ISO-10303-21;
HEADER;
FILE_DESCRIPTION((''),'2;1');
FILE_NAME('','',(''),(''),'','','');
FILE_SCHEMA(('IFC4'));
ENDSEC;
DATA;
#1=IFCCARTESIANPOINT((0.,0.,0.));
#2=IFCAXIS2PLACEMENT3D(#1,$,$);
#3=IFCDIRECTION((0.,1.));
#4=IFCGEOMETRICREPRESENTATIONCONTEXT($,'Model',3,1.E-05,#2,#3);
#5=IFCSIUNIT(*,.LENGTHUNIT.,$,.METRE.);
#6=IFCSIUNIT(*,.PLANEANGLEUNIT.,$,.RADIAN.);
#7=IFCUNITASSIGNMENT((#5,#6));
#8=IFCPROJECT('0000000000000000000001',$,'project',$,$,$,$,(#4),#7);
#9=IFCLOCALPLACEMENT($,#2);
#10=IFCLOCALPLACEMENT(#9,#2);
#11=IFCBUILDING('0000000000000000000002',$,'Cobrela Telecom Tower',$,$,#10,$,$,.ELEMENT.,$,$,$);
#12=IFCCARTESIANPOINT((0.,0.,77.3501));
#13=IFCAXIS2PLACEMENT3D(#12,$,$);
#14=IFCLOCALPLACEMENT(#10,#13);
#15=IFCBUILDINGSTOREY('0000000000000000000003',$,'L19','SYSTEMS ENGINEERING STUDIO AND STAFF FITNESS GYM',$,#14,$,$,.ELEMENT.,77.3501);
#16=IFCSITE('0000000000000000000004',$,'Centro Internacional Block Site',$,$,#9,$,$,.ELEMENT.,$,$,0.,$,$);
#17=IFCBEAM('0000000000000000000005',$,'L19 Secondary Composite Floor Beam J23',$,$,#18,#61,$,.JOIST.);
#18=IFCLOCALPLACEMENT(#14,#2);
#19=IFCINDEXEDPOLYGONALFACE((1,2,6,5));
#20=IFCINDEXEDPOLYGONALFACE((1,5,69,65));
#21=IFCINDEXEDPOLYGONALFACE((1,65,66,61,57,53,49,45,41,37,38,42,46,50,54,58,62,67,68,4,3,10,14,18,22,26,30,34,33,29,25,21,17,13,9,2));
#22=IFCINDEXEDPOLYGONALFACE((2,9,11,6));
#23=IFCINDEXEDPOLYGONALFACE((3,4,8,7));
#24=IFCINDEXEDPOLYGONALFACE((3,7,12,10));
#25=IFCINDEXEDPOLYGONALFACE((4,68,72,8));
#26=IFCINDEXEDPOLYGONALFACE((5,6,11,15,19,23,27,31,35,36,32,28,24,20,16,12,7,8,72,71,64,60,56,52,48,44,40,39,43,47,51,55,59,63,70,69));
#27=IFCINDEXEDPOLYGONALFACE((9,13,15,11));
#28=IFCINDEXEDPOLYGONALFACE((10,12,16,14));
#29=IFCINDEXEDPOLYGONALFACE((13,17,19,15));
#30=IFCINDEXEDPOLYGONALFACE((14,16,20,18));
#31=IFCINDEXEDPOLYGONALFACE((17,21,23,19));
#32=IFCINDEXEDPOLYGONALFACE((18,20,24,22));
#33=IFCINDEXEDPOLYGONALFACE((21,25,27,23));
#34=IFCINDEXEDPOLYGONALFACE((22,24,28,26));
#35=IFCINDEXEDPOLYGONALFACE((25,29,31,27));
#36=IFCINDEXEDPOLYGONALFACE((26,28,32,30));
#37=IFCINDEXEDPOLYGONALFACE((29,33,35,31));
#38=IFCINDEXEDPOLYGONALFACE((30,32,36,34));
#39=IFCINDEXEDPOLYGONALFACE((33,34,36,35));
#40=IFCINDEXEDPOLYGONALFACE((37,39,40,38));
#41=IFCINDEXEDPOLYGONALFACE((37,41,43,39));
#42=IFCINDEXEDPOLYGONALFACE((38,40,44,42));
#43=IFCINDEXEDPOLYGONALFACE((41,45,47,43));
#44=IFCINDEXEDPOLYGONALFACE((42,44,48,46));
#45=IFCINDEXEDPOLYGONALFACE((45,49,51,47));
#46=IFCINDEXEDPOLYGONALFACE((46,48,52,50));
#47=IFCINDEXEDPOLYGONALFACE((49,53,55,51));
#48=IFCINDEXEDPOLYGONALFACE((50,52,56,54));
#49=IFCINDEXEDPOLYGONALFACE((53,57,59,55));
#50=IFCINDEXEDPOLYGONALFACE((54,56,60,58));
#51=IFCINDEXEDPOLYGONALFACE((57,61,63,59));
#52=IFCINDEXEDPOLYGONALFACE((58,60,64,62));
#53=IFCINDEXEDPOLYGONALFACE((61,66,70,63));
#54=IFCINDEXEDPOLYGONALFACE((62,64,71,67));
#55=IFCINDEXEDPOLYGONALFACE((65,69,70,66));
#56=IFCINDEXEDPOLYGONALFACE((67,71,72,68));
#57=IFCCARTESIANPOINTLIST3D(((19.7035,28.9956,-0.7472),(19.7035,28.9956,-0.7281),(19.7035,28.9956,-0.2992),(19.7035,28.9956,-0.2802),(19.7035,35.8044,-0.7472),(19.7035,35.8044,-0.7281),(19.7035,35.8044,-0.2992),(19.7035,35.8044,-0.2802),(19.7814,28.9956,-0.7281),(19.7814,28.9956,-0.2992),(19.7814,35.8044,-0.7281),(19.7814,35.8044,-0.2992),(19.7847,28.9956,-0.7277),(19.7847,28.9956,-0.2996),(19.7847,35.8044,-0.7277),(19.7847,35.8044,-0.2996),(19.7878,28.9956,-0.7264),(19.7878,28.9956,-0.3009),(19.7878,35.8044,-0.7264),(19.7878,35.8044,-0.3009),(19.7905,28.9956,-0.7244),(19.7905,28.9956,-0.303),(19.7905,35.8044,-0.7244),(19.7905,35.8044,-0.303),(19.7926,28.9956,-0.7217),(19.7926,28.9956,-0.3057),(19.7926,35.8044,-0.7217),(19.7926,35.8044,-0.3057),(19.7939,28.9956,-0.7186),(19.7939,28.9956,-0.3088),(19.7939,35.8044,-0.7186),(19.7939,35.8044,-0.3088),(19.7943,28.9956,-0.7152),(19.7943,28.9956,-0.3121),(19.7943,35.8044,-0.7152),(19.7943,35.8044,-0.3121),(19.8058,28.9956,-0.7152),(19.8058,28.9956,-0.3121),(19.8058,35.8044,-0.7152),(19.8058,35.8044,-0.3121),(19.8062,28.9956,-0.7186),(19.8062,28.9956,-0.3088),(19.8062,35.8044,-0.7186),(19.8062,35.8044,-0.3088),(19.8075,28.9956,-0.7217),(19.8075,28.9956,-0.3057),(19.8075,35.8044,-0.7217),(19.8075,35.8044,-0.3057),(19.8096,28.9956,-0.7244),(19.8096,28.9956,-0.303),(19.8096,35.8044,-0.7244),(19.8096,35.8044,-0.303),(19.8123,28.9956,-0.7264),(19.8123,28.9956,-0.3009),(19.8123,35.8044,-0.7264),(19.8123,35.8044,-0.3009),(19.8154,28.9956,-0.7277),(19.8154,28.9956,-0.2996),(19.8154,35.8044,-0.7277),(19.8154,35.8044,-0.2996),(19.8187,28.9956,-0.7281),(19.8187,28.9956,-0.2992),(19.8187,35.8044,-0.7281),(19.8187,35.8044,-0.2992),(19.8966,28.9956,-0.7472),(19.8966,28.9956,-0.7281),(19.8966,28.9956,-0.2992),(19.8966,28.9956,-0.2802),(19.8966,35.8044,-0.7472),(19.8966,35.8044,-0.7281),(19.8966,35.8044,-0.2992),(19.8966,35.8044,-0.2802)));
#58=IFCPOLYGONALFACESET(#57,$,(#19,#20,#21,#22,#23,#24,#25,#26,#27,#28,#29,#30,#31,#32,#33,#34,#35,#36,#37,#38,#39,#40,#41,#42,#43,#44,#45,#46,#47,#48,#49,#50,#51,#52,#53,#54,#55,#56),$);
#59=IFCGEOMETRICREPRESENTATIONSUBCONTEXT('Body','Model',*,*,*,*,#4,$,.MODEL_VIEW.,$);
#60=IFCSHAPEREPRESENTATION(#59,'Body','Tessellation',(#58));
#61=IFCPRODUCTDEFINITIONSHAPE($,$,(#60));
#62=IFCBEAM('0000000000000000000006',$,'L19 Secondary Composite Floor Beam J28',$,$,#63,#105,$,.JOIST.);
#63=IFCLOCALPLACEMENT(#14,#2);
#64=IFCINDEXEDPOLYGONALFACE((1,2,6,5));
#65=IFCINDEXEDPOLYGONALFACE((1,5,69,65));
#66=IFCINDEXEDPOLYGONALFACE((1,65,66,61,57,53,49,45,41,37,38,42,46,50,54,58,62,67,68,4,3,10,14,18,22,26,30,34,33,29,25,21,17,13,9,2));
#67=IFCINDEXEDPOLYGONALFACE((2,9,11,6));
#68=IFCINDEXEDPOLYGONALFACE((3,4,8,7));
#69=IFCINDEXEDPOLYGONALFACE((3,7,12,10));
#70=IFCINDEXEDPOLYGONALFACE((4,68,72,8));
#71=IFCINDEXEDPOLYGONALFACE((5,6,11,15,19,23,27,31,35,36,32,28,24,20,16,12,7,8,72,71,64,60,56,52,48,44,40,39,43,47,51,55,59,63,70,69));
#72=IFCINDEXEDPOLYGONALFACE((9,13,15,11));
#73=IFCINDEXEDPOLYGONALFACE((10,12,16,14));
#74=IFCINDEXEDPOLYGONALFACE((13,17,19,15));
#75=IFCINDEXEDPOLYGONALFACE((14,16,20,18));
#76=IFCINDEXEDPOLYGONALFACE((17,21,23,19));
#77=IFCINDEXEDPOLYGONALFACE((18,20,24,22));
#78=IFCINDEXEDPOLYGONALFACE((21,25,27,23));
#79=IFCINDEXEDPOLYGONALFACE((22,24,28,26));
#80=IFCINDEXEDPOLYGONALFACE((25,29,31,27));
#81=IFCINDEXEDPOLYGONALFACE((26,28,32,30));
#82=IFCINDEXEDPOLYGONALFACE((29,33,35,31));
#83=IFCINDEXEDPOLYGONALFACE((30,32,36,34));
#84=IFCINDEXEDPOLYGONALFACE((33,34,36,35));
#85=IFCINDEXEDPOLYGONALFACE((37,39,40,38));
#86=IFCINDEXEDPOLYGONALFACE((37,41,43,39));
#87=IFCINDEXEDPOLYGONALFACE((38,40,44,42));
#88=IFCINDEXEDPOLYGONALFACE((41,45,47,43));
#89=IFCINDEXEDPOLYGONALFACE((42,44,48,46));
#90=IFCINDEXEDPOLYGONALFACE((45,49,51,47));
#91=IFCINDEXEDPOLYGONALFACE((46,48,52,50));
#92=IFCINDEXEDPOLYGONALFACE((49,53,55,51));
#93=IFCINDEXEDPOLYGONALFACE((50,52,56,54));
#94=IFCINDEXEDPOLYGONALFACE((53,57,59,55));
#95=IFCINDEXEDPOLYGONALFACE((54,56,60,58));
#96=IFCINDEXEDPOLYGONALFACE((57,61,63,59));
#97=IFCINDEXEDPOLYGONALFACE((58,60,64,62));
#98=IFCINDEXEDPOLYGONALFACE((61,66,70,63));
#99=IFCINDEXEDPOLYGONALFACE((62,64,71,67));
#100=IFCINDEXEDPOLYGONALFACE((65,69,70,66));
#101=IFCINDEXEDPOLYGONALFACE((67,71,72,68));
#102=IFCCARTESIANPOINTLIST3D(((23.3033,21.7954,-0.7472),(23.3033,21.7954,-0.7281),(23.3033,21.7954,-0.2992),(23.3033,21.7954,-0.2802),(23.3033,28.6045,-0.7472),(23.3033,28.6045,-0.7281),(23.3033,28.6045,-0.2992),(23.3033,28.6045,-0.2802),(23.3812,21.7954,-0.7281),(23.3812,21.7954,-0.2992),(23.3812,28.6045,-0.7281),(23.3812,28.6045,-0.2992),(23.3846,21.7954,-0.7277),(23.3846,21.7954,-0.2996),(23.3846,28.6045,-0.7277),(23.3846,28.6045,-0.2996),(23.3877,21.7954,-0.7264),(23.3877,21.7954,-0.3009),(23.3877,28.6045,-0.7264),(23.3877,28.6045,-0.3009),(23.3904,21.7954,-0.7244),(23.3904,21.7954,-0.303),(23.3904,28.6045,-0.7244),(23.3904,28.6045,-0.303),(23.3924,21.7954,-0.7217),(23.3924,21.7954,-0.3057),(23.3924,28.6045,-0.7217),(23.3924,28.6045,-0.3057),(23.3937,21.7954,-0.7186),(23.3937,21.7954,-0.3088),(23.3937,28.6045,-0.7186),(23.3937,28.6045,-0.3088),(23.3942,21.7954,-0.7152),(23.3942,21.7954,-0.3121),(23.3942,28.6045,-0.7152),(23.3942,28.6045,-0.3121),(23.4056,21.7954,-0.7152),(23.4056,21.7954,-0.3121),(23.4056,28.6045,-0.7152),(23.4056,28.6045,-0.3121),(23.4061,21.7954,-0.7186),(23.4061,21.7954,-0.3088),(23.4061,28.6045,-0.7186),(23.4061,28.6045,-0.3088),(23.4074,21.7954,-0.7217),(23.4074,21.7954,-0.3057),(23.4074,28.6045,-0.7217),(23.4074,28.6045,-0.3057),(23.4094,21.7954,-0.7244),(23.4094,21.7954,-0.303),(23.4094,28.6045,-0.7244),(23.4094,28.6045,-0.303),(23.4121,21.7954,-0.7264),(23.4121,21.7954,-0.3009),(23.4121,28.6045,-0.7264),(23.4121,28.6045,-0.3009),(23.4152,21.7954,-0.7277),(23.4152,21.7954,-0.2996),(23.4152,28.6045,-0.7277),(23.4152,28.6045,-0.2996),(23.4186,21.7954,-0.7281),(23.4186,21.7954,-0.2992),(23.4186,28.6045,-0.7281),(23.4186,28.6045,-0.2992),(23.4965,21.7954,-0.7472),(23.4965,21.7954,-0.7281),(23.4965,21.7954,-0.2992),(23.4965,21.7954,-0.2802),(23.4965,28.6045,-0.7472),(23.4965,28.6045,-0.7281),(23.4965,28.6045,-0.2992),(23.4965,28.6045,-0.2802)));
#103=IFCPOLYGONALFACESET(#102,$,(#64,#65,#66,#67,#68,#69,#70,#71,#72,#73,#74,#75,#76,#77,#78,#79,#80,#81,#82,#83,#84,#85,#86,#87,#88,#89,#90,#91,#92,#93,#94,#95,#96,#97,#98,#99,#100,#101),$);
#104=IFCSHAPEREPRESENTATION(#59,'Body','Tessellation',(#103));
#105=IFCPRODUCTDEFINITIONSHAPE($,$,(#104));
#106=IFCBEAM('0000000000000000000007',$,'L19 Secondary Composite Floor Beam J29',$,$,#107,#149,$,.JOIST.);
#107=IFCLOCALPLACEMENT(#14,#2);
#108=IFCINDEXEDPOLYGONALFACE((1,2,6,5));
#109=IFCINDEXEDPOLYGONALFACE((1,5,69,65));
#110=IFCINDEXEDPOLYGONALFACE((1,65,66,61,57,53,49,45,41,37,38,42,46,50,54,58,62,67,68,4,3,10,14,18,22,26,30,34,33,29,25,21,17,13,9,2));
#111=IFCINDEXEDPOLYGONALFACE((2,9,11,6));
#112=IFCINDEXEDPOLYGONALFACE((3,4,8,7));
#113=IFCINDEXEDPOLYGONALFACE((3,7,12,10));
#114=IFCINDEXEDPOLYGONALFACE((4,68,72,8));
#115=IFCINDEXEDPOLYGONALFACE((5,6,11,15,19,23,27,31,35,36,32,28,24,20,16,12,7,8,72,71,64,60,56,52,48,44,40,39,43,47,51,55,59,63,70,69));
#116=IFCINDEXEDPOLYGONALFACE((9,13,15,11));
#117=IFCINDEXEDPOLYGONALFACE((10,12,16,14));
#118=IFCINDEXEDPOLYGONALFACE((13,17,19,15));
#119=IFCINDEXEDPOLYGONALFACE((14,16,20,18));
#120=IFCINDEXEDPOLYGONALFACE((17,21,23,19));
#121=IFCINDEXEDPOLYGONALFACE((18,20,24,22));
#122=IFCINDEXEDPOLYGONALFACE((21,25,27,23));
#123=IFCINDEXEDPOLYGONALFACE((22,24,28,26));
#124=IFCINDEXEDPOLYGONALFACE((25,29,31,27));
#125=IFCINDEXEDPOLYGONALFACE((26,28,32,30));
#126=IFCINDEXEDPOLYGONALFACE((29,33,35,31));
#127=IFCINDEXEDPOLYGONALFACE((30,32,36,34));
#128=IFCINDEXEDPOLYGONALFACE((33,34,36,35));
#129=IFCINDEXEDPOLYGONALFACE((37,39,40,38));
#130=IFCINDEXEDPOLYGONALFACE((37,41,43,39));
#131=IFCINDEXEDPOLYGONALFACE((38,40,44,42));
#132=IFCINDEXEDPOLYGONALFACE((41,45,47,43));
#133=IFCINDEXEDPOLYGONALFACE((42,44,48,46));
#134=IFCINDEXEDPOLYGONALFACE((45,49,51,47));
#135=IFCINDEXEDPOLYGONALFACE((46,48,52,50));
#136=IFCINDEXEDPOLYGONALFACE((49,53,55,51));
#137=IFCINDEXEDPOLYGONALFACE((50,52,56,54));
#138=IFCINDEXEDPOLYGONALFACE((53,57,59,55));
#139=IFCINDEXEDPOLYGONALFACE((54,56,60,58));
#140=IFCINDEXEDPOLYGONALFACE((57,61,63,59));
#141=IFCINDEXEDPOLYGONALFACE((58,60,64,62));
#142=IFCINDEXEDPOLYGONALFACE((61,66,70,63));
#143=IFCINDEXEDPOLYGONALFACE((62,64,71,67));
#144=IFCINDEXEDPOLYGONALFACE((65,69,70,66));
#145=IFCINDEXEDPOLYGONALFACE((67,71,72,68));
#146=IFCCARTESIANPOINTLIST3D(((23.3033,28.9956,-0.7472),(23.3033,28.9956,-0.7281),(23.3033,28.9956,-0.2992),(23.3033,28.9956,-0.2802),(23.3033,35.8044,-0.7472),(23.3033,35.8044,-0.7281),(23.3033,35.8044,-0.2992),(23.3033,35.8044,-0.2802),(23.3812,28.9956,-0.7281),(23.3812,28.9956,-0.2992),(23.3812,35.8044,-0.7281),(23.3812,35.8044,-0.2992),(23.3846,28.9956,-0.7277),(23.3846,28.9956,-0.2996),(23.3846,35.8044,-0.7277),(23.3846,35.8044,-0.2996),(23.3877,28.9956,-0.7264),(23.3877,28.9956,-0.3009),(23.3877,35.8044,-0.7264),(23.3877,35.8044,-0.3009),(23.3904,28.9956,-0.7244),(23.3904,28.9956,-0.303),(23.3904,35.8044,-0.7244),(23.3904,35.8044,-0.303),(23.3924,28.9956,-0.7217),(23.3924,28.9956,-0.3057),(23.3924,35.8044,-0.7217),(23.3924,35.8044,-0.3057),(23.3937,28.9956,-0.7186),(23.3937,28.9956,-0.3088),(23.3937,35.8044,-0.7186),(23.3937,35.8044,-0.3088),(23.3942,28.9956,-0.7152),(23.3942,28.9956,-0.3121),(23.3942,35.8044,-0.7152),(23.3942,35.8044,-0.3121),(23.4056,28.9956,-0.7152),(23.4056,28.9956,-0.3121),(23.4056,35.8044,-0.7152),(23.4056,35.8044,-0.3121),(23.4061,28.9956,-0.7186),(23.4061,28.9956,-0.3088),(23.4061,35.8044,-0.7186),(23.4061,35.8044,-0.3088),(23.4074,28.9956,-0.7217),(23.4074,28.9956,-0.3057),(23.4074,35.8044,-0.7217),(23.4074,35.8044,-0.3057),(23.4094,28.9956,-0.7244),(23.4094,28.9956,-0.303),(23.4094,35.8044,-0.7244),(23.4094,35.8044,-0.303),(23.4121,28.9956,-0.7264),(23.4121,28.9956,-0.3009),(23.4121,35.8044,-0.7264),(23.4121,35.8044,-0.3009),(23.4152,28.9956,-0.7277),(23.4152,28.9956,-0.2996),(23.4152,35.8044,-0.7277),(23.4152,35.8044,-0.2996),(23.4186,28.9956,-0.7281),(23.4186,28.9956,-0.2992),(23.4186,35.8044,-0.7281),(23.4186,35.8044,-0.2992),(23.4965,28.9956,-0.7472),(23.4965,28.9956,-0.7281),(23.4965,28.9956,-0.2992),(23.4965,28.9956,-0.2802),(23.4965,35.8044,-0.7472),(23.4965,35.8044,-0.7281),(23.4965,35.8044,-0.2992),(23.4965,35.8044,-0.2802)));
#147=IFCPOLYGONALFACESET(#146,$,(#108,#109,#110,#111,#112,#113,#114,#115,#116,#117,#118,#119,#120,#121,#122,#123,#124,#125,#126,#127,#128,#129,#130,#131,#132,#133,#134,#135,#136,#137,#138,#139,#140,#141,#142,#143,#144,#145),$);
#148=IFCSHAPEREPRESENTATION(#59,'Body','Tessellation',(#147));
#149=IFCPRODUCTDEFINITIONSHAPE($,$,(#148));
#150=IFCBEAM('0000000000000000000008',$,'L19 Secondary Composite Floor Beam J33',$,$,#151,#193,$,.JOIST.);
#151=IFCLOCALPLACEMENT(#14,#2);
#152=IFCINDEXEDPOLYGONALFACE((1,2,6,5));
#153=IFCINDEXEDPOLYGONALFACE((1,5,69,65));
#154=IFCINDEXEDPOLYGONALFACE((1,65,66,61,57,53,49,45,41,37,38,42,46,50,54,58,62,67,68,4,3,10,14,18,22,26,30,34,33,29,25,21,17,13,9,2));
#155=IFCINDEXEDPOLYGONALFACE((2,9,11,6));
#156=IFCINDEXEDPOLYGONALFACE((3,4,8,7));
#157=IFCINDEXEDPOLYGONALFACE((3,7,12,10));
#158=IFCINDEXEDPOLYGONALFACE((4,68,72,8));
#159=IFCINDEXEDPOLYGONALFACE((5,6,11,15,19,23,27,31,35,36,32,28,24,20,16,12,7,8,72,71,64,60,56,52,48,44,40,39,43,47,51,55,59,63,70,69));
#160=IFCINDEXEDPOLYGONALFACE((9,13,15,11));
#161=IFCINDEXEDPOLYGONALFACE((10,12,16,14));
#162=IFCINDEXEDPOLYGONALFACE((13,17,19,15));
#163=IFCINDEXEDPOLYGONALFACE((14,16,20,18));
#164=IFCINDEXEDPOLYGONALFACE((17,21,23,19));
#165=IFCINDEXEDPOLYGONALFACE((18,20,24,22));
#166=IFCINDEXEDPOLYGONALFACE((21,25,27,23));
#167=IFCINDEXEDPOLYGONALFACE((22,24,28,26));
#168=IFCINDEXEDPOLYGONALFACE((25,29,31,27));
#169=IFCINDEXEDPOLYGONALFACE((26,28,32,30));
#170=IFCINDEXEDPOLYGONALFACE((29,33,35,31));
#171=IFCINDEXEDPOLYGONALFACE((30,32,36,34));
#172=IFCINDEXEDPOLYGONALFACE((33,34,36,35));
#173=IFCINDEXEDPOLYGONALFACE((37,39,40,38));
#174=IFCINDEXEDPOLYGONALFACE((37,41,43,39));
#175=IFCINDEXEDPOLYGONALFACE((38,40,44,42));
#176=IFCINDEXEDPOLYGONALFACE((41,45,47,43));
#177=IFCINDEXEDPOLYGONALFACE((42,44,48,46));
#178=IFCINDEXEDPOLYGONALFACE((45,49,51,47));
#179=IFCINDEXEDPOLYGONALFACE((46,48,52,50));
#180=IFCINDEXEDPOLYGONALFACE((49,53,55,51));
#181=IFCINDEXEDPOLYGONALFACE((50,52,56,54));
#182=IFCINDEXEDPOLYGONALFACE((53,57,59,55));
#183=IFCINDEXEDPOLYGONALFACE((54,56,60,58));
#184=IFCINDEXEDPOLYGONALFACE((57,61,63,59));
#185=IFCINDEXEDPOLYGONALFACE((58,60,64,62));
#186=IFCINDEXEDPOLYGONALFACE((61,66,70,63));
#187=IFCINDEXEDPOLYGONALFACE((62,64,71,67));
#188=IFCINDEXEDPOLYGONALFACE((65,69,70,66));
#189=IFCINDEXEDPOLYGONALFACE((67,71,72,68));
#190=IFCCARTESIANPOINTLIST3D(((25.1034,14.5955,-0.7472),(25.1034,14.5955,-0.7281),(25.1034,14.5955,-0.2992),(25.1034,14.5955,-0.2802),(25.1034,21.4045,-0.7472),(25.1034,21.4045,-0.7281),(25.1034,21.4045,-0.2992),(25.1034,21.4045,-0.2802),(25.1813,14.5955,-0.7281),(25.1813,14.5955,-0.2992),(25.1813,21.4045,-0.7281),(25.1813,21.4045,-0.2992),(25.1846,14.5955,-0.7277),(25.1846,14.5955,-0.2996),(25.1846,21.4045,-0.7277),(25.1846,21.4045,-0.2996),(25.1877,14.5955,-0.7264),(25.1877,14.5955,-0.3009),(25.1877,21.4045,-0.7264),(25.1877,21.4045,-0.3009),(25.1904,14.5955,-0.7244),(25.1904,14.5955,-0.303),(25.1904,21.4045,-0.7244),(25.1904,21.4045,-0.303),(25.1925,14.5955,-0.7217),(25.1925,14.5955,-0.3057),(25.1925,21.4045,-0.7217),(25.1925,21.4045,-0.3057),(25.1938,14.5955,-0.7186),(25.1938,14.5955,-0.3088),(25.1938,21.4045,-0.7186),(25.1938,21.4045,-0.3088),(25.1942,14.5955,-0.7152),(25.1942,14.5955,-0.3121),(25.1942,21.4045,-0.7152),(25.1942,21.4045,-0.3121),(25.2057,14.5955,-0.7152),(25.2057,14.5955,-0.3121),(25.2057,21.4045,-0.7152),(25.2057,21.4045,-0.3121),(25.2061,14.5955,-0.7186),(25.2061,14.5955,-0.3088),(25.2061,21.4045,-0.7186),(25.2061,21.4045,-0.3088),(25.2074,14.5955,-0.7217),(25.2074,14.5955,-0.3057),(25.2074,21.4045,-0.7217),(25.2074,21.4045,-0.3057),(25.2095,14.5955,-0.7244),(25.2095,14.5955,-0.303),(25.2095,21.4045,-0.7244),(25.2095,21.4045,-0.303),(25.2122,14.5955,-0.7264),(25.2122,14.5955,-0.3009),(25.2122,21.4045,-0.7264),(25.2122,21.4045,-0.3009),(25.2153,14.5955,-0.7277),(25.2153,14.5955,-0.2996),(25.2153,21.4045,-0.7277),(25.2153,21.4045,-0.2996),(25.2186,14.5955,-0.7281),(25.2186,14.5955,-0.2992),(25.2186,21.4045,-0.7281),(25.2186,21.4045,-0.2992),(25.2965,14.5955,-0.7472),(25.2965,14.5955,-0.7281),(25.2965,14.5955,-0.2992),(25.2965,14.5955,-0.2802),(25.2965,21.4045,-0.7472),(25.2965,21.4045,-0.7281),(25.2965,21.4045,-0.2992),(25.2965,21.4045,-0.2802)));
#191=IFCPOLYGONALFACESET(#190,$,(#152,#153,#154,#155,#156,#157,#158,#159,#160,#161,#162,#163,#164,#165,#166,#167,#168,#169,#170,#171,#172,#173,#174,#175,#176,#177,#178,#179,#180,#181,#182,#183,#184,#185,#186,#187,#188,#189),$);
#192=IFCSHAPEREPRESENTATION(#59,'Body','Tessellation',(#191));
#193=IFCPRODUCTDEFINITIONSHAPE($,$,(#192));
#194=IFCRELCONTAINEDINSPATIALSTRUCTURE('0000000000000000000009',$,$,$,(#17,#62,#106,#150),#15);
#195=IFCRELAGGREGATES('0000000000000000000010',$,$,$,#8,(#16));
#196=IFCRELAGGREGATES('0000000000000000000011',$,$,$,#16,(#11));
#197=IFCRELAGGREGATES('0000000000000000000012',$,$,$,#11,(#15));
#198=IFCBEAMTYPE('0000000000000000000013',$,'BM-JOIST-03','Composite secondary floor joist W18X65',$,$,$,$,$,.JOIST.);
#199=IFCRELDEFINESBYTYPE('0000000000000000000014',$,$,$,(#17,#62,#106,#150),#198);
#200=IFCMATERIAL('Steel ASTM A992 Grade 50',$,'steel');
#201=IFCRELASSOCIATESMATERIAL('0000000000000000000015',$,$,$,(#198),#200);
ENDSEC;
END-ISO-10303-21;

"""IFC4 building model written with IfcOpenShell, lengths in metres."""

from ifc_helpers import new_model, si_unit, direction, frame, origin, origin_2d, place, context, subcontext, project, spatial, i_section, extrude, material, material_profile, profile_set, type_object, element, save


model = new_model("IFC4")

# Units and contexts
model_context = context("Model", 3, precision=1e-05, world=origin(), true_north=direction((0.0, 1.0)))
body_context = subcontext(model_context, "Body", "Model", "MODEL_VIEW")
ifc_project = project(units=[si_unit("LENGTHUNIT", "METRE"), si_unit("PLANEANGLEUNIT", "RADIAN")], contexts=[model_context])

# Site, building, storey
site_placement = place(None, origin())
site = spatial("IfcSite", under=ifc_project, at=site_placement, Name="Centro Internacional Block Site", CompositionType="ELEMENT", RefElevation=0.0)
building_placement = place(site_placement, origin())
building = spatial("IfcBuilding", under=site, at=building_placement, Name="Cobrela Telecom Tower", CompositionType="ELEMENT")
storey_placement = place(building_placement, frame((0.0, 0.0, 77.3501)))
storey = spatial("IfcBuildingStorey", under=building, at=storey_placement, Name="L19", Description="SYSTEMS ENGINEERING STUDIO AND STAFF FITNESS GYM", CompositionType="ELEMENT", Elevation=77.3501)

# Shared definitions
ifc_material_1 = material(Name="Steel ASTM A992 Grade 50", Category="steel")

# Beams
ifc_material_profile_1 = material_profile(ifc_material_1, i_section(OverallWidth=0.1931, OverallDepth=0.467, WebThickness=0.0115, FlangeThickness=0.019, FilletRadius=0.0129, at=origin_2d()), Name="W18X65")
ifc_profile_set_1 = profile_set([ifc_material_profile_1], Name="Steel ASTM A992 Grade 50")
beam_type_1 = type_object("IfcBeamType", Name="BM-JOIST-03", Description="Composite secondary floor joist W18X65", PredefinedType="JOIST", material=ifc_profile_set_1)
beam_1_placement = place(storey_placement, frame((19.8, 28.9956, -0.5137), z_axis=(0.0, 1.0, 0.0), x_axis=(-1.0, 0.0, 0.0)))
element("IfcBeam", 1, at=beam_1_placement, inside=storey, type_object=beam_type_1, Name="L19 Secondary Composite Floor Beam J23", PredefinedType="JOIST", context=body_context, shape_type="SweptSolid", body=[
    extrude(i_section(OverallWidth=0.1931, OverallDepth=0.467, WebThickness=0.0115, FlangeThickness=0.019, FilletRadius=0.0129, at=origin_2d()), origin(), (0.0, 0.0, 1.0), 6.8088),
])
beam_2_placement = place(storey_placement, frame((23.3999, 21.7954, -0.5137), z_axis=(0.0, 1.0, 0.0), x_axis=(-1.0, 0.0, 0.0)))
element("IfcBeam", 2, at=beam_2_placement, inside=storey, type_object=beam_type_1, Name="L19 Secondary Composite Floor Beam J28", PredefinedType="JOIST", context=body_context, shape_type="SweptSolid", body=[
    extrude(i_section(OverallWidth=0.1931, OverallDepth=0.467, WebThickness=0.0115, FlangeThickness=0.019, FilletRadius=0.0129, at=origin_2d()), origin(), (0.0, 0.0, 1.0), 6.8091),
])
beam_3_placement = place(storey_placement, frame((23.3999, 28.9956, -0.5137), z_axis=(0.0, 1.0, 0.0), x_axis=(-1.0, 0.0, 0.0)))
element("IfcBeam", 3, at=beam_3_placement, inside=storey, type_object=beam_type_1, Name="L19 Secondary Composite Floor Beam J29", PredefinedType="JOIST", context=body_context, shape_type="SweptSolid", body=[
    extrude(i_section(OverallWidth=0.1931, OverallDepth=0.467, WebThickness=0.0115, FlangeThickness=0.019, FilletRadius=0.0129, at=origin_2d()), origin(), (0.0, 0.0, 1.0), 6.8088),
])
for number, where, z_axis, x_axis, name in (
    (4, (25.2, 14.5955, -0.5137), (0.0, 1.0, 0.0), (-1.0, 0.0, 0.0), "L19 Secondary Composite Floor Beam J33"),
):
    element("IfcBeam", number, at=place(storey_placement, frame(where, z_axis=z_axis, x_axis=x_axis)), inside=storey, type_object=beam_type_1, Name=name, PredefinedType="JOIST", context=body_context, shape_type="SweptSolid", body=[
        extrude(i_section(OverallWidth=0.1931, OverallDepth=0.467, WebThickness=0.0115, FlangeThickness=0.019, FilletRadius=0.0129, at=origin_2d()), origin(), (0.0, 0.0, 1.0), 6.8091),
    ])

save(model, "model.ifc")
